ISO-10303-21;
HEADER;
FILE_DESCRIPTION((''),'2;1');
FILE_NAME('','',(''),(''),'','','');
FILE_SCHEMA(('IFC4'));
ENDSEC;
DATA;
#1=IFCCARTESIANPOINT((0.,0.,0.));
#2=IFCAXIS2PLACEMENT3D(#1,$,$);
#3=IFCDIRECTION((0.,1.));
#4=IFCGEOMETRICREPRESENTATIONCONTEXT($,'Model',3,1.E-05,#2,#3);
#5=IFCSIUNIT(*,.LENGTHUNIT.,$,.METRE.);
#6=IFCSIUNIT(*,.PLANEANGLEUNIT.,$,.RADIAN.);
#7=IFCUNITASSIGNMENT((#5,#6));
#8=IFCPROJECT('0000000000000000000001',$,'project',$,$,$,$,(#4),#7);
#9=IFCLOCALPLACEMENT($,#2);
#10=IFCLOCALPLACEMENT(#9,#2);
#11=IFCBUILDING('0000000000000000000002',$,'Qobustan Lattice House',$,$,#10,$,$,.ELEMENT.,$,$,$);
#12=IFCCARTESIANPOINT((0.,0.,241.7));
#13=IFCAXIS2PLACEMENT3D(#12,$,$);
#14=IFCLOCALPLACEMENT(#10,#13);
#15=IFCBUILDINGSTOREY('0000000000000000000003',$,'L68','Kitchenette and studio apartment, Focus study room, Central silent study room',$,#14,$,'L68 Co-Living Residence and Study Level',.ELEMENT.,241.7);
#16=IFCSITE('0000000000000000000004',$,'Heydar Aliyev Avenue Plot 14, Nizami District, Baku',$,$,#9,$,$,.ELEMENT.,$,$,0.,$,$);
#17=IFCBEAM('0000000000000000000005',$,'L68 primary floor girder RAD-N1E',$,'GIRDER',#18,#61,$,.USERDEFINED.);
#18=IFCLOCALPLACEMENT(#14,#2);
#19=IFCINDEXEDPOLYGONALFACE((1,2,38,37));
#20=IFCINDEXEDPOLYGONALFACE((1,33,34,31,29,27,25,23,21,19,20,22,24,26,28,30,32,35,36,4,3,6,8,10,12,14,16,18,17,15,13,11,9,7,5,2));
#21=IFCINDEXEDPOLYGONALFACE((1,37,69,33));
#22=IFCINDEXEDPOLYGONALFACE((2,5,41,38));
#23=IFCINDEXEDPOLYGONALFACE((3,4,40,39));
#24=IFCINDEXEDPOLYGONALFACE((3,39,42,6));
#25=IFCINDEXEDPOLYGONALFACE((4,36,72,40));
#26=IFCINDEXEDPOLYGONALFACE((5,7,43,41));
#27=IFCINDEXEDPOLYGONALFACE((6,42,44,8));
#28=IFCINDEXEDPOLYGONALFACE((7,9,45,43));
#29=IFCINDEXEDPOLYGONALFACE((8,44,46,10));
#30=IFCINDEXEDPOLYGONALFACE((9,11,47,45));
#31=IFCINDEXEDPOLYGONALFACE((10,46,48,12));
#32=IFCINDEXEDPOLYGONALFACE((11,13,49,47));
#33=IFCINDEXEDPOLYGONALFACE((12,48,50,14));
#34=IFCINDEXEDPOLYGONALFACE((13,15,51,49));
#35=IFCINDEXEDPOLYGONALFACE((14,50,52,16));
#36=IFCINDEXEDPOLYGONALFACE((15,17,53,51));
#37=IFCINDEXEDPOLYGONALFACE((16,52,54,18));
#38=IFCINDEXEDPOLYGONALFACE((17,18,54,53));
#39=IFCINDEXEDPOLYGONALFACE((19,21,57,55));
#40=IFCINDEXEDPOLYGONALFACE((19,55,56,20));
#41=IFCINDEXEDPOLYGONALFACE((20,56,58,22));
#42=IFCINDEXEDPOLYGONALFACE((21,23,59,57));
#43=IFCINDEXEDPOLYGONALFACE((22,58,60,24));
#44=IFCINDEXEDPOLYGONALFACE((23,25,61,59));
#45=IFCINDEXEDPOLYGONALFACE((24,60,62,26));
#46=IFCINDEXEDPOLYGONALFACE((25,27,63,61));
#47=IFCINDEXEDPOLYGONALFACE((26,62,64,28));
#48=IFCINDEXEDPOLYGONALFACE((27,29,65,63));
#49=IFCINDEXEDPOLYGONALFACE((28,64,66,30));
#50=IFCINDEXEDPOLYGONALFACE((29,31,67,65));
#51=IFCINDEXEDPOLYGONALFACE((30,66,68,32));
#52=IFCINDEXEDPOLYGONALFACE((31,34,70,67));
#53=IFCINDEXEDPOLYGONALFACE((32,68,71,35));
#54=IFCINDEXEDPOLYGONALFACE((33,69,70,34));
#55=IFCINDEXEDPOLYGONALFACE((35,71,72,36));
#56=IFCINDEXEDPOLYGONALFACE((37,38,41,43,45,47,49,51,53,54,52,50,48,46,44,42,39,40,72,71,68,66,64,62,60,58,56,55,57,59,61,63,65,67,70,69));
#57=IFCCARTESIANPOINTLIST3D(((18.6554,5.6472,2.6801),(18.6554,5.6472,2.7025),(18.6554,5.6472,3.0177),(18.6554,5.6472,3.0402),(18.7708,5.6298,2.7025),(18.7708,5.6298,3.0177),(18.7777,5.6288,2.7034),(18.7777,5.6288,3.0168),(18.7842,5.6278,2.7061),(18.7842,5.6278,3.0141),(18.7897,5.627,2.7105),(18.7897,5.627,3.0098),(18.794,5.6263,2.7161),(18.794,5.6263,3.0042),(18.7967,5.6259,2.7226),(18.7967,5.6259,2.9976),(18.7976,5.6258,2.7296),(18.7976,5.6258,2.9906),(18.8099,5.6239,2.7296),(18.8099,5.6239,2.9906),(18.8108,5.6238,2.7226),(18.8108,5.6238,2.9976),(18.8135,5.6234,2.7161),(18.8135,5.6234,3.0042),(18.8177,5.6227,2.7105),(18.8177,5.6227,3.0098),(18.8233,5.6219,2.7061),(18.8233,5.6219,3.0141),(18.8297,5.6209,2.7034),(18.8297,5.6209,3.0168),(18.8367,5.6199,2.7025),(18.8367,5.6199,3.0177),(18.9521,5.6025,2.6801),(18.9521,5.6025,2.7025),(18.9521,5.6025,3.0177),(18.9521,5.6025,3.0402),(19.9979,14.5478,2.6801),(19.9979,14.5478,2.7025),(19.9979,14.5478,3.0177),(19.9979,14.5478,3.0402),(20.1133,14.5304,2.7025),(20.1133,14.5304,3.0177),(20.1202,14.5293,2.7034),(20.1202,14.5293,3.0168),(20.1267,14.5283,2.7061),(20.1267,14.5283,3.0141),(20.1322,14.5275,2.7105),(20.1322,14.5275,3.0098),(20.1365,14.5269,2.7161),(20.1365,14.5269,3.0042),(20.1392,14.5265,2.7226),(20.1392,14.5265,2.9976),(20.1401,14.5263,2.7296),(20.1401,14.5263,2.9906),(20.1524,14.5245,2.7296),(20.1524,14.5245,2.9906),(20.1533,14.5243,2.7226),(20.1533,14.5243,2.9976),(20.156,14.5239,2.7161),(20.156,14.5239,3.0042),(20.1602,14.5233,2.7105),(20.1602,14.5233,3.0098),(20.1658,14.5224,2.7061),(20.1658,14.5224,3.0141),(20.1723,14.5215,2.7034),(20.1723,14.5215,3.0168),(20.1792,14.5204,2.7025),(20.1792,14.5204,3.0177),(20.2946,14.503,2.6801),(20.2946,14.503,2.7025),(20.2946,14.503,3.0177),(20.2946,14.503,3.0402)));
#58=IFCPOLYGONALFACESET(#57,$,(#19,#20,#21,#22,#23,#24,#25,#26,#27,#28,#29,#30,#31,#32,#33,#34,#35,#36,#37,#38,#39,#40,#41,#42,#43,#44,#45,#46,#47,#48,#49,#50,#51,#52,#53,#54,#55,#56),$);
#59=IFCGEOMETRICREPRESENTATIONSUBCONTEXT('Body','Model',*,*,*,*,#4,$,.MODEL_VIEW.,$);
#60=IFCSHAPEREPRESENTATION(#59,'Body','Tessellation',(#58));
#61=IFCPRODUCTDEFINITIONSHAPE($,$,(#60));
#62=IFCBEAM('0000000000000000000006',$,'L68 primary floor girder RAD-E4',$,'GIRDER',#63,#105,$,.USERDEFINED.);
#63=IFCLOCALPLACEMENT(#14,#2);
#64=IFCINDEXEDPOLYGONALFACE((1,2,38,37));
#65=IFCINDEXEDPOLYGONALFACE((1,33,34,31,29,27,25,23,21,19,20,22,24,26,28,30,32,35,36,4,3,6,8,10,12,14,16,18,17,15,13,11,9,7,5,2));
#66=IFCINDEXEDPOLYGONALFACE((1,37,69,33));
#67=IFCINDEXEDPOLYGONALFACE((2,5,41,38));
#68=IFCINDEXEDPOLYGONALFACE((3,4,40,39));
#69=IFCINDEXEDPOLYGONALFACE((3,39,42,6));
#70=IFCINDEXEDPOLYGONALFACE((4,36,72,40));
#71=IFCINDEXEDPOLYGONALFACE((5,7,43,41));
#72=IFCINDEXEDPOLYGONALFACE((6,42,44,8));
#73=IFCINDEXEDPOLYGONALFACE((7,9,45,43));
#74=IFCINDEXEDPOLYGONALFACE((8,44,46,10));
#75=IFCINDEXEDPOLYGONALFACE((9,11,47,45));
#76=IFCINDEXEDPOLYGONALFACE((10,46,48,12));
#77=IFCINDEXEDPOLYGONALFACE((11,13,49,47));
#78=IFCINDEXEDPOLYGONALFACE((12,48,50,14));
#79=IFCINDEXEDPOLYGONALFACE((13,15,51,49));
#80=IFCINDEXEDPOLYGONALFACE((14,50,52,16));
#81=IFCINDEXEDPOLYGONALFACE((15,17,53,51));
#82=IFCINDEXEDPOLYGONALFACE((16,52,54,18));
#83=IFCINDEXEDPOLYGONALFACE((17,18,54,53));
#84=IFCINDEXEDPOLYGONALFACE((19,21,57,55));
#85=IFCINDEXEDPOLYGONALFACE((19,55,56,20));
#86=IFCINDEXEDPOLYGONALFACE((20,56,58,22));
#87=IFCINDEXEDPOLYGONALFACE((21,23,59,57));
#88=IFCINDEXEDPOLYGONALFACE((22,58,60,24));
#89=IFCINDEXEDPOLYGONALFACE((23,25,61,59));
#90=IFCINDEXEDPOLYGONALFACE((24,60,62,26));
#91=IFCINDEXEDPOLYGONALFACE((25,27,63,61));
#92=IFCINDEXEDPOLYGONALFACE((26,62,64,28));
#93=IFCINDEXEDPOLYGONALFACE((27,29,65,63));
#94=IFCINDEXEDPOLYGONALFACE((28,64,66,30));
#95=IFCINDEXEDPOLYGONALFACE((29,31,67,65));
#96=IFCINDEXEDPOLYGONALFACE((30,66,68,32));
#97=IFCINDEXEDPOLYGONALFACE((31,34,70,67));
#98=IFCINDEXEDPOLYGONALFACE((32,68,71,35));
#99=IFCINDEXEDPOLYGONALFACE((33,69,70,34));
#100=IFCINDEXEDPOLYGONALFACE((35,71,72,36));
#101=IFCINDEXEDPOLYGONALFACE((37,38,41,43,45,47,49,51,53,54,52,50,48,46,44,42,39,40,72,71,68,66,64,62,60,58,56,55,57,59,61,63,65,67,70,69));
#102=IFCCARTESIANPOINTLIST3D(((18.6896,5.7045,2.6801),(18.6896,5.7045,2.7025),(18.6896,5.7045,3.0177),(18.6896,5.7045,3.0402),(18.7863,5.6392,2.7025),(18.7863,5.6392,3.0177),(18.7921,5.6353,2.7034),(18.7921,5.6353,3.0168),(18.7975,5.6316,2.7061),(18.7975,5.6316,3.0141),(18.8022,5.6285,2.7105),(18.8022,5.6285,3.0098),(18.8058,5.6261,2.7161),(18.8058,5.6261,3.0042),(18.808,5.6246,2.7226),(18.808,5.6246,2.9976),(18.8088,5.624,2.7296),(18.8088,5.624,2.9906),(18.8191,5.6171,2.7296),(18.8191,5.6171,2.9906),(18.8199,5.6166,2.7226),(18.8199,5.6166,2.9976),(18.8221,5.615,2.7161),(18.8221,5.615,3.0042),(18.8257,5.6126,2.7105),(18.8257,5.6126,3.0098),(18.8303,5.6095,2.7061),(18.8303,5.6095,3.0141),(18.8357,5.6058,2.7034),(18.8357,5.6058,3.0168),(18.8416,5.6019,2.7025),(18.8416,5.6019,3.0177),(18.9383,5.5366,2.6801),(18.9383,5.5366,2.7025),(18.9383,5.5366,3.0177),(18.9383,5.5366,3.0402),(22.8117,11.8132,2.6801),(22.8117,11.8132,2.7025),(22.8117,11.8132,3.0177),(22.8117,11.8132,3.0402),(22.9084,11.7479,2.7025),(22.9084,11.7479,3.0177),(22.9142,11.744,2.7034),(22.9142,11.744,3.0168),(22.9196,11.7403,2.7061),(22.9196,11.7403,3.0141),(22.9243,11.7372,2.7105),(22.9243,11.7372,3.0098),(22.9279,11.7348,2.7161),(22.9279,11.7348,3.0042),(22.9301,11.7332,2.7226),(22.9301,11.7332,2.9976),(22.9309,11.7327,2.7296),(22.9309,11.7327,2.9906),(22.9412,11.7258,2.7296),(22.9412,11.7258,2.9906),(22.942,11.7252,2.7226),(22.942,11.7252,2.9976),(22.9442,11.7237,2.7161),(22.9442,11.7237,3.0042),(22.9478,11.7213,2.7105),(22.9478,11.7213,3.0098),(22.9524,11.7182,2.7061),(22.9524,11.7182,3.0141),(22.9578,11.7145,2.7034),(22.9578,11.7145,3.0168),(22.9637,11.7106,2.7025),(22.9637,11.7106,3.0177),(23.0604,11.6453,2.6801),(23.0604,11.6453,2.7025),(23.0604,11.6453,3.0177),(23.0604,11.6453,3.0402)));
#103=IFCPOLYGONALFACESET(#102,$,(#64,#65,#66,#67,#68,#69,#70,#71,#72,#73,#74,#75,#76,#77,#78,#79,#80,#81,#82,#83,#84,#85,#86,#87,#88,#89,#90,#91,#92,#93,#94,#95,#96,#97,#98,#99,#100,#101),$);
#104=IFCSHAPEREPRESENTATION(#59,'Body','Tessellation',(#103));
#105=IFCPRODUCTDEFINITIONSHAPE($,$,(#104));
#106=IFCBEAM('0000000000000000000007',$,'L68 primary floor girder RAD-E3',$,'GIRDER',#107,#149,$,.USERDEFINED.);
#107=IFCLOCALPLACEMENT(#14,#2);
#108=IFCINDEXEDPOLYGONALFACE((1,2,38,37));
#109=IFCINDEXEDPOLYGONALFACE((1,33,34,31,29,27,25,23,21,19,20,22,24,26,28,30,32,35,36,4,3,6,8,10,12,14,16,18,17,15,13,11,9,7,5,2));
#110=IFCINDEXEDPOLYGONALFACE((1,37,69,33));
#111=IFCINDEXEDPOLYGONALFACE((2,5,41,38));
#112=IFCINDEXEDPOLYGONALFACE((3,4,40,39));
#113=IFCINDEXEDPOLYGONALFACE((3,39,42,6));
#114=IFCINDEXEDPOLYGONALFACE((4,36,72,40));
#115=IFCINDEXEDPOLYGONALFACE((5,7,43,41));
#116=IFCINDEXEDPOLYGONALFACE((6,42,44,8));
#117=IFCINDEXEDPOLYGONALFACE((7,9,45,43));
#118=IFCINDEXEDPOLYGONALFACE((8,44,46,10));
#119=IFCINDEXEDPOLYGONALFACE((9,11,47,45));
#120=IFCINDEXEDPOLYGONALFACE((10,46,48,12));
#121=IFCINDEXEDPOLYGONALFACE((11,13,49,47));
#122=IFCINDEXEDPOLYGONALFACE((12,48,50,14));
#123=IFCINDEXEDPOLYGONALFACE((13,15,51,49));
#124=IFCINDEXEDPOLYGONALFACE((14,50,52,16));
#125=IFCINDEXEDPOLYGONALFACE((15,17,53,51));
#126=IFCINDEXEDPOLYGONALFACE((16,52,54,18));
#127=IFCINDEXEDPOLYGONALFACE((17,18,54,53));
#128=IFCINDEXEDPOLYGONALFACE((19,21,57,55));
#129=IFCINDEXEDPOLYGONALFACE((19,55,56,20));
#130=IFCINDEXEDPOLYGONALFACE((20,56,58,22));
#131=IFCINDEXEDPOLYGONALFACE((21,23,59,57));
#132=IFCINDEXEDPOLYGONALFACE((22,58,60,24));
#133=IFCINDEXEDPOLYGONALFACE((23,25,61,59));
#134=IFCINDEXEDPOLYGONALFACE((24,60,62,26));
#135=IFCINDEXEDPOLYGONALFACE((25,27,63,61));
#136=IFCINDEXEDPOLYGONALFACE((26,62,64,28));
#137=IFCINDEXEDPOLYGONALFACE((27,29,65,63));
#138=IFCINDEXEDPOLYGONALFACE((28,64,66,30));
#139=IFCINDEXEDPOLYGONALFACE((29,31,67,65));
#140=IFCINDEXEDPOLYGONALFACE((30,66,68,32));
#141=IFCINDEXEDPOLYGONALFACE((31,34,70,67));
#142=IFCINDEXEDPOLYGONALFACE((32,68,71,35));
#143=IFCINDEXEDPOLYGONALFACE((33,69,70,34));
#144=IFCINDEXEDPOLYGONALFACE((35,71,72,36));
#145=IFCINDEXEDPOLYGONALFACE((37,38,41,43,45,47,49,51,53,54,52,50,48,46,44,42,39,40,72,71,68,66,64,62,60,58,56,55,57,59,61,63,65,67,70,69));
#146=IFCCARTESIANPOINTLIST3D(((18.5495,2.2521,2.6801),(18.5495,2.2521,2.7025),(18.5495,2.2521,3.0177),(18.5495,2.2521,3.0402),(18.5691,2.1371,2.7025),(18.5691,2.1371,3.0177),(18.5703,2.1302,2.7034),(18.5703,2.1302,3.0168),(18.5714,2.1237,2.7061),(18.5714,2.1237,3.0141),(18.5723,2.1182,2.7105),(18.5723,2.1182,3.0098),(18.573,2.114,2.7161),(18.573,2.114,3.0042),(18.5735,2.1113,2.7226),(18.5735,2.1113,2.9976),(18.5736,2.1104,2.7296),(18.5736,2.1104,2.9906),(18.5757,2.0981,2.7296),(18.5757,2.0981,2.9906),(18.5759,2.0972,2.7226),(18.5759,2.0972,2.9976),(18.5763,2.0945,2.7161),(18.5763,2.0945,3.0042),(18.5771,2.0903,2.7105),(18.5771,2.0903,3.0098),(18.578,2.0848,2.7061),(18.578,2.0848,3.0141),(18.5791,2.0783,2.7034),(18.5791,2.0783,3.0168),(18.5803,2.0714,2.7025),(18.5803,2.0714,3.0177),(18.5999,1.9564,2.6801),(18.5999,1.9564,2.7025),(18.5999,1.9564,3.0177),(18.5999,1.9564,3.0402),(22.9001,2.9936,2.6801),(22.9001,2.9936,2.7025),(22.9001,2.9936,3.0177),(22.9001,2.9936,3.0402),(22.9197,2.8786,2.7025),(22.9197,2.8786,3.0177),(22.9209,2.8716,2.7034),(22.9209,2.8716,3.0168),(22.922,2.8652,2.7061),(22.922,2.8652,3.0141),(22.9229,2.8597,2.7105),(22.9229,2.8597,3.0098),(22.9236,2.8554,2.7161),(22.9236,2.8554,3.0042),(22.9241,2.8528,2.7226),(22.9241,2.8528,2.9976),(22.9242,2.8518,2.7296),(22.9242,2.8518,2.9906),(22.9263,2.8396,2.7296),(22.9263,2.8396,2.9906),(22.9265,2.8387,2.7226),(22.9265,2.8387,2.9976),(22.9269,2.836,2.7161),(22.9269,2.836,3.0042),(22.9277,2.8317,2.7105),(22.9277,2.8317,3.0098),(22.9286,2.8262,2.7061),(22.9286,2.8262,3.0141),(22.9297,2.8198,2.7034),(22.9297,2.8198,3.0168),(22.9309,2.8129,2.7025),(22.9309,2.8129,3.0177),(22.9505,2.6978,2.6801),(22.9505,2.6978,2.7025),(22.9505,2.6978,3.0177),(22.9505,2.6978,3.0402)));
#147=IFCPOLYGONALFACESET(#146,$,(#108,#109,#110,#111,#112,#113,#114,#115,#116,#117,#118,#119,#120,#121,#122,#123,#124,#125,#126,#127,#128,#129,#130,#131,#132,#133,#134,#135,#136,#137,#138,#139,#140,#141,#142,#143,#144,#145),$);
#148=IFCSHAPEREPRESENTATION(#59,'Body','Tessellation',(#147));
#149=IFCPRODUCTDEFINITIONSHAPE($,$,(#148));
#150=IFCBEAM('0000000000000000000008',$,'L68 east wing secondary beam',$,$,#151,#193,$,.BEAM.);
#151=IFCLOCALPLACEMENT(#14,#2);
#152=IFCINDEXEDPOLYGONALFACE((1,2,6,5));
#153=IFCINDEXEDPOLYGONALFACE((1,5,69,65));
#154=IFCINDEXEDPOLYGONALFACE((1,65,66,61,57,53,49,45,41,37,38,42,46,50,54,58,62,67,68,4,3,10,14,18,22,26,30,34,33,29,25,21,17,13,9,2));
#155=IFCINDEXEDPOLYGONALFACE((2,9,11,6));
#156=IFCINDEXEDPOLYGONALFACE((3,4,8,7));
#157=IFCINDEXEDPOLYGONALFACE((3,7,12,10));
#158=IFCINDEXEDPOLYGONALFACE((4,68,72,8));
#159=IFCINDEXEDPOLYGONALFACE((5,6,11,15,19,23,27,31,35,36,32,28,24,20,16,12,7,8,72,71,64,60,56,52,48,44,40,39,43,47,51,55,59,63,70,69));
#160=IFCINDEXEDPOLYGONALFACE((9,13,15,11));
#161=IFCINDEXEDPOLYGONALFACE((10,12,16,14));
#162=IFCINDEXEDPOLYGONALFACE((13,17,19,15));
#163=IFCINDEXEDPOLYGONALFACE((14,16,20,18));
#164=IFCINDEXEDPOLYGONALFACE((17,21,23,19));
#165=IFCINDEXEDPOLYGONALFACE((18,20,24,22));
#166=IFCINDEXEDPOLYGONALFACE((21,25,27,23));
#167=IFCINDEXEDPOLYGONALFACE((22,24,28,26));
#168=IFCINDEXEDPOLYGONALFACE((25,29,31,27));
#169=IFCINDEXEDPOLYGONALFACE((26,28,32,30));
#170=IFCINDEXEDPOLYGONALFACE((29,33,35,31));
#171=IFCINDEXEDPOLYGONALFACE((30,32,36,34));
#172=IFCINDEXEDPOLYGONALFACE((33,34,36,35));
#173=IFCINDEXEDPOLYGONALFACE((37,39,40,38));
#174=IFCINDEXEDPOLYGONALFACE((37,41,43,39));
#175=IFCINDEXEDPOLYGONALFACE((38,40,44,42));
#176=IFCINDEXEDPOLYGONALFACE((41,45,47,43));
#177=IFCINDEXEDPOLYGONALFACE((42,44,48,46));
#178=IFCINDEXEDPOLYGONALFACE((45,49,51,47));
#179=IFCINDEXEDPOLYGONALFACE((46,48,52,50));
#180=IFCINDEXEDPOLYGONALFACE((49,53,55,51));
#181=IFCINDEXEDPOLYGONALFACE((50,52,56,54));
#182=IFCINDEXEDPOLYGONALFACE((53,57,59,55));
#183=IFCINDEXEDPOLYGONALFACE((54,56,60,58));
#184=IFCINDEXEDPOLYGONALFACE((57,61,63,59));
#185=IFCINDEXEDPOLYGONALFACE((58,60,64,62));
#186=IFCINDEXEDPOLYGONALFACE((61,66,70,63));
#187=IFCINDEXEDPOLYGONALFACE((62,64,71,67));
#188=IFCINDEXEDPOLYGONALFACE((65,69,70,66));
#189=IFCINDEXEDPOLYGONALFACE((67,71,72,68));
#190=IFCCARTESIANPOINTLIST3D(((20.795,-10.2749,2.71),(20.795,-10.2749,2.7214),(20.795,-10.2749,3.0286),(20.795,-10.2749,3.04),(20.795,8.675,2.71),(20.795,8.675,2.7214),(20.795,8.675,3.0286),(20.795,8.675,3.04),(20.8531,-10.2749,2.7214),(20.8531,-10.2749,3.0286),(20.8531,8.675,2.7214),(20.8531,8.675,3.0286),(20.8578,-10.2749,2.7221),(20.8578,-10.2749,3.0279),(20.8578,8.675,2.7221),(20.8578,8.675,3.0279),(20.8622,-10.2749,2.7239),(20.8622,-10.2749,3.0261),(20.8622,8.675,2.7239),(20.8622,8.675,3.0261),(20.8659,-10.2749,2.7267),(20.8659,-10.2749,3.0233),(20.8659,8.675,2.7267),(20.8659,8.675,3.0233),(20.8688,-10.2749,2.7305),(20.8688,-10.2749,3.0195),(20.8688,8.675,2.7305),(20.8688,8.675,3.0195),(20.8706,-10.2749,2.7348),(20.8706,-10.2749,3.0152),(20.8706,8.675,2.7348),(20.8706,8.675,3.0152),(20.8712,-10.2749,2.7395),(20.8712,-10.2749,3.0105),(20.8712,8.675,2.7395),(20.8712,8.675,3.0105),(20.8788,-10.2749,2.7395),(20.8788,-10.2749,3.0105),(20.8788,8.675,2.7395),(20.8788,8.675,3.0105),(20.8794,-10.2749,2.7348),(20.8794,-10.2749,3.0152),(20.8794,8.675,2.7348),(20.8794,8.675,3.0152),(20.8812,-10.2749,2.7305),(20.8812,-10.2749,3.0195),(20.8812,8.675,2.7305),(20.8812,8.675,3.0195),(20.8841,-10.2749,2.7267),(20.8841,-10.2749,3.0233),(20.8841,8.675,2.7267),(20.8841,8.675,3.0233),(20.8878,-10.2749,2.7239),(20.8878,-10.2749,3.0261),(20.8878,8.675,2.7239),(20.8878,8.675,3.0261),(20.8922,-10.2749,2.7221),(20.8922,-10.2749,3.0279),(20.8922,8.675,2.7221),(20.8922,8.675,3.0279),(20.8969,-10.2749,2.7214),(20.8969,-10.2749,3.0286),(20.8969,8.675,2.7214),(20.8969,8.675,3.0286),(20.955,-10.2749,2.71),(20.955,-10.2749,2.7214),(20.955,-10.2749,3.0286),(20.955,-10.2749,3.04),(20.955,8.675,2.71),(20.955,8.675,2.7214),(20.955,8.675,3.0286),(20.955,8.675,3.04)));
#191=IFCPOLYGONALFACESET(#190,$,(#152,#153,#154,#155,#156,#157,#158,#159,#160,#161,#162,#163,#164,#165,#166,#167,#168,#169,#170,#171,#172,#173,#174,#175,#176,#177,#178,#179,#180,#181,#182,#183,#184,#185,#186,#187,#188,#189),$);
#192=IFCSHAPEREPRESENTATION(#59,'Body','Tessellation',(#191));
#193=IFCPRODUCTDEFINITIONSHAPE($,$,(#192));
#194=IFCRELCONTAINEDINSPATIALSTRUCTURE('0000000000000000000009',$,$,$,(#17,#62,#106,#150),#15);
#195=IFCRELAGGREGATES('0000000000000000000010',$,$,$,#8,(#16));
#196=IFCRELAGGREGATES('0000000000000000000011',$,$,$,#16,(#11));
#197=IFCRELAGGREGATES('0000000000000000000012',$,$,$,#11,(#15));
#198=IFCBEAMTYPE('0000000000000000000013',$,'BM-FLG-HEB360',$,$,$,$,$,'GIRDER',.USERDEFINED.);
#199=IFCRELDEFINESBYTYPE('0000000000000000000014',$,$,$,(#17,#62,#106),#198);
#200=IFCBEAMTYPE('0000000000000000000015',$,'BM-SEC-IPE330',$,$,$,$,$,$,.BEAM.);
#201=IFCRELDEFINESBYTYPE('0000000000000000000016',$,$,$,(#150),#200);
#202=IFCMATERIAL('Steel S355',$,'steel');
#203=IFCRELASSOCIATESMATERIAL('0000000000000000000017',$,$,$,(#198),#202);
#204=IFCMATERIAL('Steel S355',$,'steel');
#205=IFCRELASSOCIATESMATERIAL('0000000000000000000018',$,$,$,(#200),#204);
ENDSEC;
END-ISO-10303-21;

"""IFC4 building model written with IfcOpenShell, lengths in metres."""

from ifc_helpers import new_model, si_unit, direction, frame, origin, origin_2d, place, context, subcontext, project, spatial, i_section, extrude, material, material_profile, profile_set, type_object, element, save


model = new_model("IFC4")

# Units and contexts
model_context = context("Model", 3, precision=1e-05, world=origin(), true_north=direction((0.0, 1.0)))
body_context = subcontext(model_context, "Body", "Model", "MODEL_VIEW")
ifc_project = project(units=[si_unit("LENGTHUNIT", "METRE"), si_unit("PLANEANGLEUNIT", "RADIAN")], contexts=[model_context])

# Site, building, storey
site_placement = place(None, origin())
site = spatial("IfcSite", under=ifc_project, at=site_placement, Name="Heydar Aliyev Avenue Plot 14, Nizami District, Baku", CompositionType="ELEMENT", RefElevation=0.0)
building_placement = place(site_placement, origin())
building = spatial("IfcBuilding", under=site, at=building_placement, Name="Qobustan Lattice House", CompositionType="ELEMENT")
storey_placement = place(building_placement, frame((0.0, 0.0, 241.7)))
storey = spatial("IfcBuildingStorey", under=building, at=storey_placement, Name="L68", Description="Kitchenette and studio apartment, Focus study room, Central silent study room", LongName="L68 Co-Living Residence and Study Level", CompositionType="ELEMENT", Elevation=241.7)

# Beams
ifc_material_1 = material(Name="Steel S355", Category="steel")
ifc_material_profile_1 = material_profile(ifc_material_1, i_section(OverallWidth=0.3, OverallDepth=0.3601, WebThickness=0.0125, FlangeThickness=0.0225, FilletRadius=0.0271, at=origin_2d()), Name="HEB360")
ifc_profile_set_1 = profile_set([ifc_material_profile_1], Name="Steel S355")
beam_type_1 = type_object("IfcBeamType", Name="BM-FLG-HEB360", ElementType="GIRDER", PredefinedType="USERDEFINED", material=ifc_profile_set_1)
beam_1_placement = place(storey_placement, frame((20.1462, 14.5254, 2.8601), z_axis=(-0.149148, -0.988815, 0.0), x_axis=(0.988815, -0.149148, 0.0)))
element("IfcBeam", 1, at=beam_1_placement, inside=storey, type_object=beam_type_1, Name="L68 primary floor girder RAD-N1E", ObjectType="GIRDER", PredefinedType="USERDEFINED", context=body_context, shape_type="SweptSolid", body=[
    extrude(i_section(OverallWidth=0.3, OverallDepth=0.3601, WebThickness=0.0125, FlangeThickness=0.0225, FilletRadius=0.0271, at=origin_2d()), origin(), (0.0, 0.0, 1.0), 9.0012),
])
beam_2_placement = place(storey_placement, frame((22.936, 11.7292, 2.8601), z_axis=(-0.559355, -0.828928, 0.0), x_axis=(0.828928, -0.559355, 0.0)))
element("IfcBeam", 2, at=beam_2_placement, inside=storey, type_object=beam_type_1, Name="L68 primary floor girder RAD-E4", ObjectType="GIRDER", PredefinedType="USERDEFINED", context=body_context, shape_type="SweptSolid", body=[
    extrude(i_section(OverallWidth=0.3, OverallDepth=0.3601, WebThickness=0.0125, FlangeThickness=0.0225, FilletRadius=0.0271, at=origin_2d()), origin(), (0.0, 0.0, 1.0), 7.3694),
])
beam_3_placement = place(storey_placement, frame((22.9253, 2.8457, 2.8601), z_axis=(-0.985786, -0.168004, 0.0), x_axis=(0.168004, -0.985786, 0.0)))
element("IfcBeam", 3, at=beam_3_placement, inside=storey, type_object=beam_type_1, Name="L68 primary floor girder RAD-E3", ObjectType="GIRDER", PredefinedType="USERDEFINED", context=body_context, shape_type="SweptSolid", body=[
    extrude(i_section(OverallWidth=0.3, OverallDepth=0.3601, WebThickness=0.0125, FlangeThickness=0.0225, FilletRadius=0.0271, at=origin_2d()), origin(), (0.0, 0.0, 1.0), 4.4133),
])
ifc_material_2 = material(Name="Steel S355", Category="steel")
ifc_material_profile_2 = material_profile(ifc_material_2, i_section(OverallWidth=0.1599, OverallDepth=0.3301, WebThickness=0.0076, FlangeThickness=0.0115, FilletRadius=0.0181, at=origin_2d()), Name="IPE330")
ifc_profile_set_2 = profile_set([ifc_material_profile_2], Name="Steel S355")
beam_type_2 = type_object("IfcBeamType", Name="BM-SEC-IPE330", PredefinedType="BEAM", material=ifc_profile_set_2)
beam_4_placement = place(storey_placement, frame((20.875, 8.675, 2.875), z_axis=(0.0, -1.0, 0.0), x_axis=(1.0, 0.0, 0.0)))
element("IfcBeam", 4, at=beam_4_placement, inside=storey, type_object=beam_type_2, Name="L68 east wing secondary beam", PredefinedType="BEAM", context=body_context, shape_type="SweptSolid", body=[
    extrude(i_section(OverallWidth=0.1599, OverallDepth=0.3301, WebThickness=0.0076, FlangeThickness=0.0115, FilletRadius=0.0181, at=origin_2d()), origin(), (0.0, 0.0, 1.0), 18.95),
])

save(model, "model.ifc")
